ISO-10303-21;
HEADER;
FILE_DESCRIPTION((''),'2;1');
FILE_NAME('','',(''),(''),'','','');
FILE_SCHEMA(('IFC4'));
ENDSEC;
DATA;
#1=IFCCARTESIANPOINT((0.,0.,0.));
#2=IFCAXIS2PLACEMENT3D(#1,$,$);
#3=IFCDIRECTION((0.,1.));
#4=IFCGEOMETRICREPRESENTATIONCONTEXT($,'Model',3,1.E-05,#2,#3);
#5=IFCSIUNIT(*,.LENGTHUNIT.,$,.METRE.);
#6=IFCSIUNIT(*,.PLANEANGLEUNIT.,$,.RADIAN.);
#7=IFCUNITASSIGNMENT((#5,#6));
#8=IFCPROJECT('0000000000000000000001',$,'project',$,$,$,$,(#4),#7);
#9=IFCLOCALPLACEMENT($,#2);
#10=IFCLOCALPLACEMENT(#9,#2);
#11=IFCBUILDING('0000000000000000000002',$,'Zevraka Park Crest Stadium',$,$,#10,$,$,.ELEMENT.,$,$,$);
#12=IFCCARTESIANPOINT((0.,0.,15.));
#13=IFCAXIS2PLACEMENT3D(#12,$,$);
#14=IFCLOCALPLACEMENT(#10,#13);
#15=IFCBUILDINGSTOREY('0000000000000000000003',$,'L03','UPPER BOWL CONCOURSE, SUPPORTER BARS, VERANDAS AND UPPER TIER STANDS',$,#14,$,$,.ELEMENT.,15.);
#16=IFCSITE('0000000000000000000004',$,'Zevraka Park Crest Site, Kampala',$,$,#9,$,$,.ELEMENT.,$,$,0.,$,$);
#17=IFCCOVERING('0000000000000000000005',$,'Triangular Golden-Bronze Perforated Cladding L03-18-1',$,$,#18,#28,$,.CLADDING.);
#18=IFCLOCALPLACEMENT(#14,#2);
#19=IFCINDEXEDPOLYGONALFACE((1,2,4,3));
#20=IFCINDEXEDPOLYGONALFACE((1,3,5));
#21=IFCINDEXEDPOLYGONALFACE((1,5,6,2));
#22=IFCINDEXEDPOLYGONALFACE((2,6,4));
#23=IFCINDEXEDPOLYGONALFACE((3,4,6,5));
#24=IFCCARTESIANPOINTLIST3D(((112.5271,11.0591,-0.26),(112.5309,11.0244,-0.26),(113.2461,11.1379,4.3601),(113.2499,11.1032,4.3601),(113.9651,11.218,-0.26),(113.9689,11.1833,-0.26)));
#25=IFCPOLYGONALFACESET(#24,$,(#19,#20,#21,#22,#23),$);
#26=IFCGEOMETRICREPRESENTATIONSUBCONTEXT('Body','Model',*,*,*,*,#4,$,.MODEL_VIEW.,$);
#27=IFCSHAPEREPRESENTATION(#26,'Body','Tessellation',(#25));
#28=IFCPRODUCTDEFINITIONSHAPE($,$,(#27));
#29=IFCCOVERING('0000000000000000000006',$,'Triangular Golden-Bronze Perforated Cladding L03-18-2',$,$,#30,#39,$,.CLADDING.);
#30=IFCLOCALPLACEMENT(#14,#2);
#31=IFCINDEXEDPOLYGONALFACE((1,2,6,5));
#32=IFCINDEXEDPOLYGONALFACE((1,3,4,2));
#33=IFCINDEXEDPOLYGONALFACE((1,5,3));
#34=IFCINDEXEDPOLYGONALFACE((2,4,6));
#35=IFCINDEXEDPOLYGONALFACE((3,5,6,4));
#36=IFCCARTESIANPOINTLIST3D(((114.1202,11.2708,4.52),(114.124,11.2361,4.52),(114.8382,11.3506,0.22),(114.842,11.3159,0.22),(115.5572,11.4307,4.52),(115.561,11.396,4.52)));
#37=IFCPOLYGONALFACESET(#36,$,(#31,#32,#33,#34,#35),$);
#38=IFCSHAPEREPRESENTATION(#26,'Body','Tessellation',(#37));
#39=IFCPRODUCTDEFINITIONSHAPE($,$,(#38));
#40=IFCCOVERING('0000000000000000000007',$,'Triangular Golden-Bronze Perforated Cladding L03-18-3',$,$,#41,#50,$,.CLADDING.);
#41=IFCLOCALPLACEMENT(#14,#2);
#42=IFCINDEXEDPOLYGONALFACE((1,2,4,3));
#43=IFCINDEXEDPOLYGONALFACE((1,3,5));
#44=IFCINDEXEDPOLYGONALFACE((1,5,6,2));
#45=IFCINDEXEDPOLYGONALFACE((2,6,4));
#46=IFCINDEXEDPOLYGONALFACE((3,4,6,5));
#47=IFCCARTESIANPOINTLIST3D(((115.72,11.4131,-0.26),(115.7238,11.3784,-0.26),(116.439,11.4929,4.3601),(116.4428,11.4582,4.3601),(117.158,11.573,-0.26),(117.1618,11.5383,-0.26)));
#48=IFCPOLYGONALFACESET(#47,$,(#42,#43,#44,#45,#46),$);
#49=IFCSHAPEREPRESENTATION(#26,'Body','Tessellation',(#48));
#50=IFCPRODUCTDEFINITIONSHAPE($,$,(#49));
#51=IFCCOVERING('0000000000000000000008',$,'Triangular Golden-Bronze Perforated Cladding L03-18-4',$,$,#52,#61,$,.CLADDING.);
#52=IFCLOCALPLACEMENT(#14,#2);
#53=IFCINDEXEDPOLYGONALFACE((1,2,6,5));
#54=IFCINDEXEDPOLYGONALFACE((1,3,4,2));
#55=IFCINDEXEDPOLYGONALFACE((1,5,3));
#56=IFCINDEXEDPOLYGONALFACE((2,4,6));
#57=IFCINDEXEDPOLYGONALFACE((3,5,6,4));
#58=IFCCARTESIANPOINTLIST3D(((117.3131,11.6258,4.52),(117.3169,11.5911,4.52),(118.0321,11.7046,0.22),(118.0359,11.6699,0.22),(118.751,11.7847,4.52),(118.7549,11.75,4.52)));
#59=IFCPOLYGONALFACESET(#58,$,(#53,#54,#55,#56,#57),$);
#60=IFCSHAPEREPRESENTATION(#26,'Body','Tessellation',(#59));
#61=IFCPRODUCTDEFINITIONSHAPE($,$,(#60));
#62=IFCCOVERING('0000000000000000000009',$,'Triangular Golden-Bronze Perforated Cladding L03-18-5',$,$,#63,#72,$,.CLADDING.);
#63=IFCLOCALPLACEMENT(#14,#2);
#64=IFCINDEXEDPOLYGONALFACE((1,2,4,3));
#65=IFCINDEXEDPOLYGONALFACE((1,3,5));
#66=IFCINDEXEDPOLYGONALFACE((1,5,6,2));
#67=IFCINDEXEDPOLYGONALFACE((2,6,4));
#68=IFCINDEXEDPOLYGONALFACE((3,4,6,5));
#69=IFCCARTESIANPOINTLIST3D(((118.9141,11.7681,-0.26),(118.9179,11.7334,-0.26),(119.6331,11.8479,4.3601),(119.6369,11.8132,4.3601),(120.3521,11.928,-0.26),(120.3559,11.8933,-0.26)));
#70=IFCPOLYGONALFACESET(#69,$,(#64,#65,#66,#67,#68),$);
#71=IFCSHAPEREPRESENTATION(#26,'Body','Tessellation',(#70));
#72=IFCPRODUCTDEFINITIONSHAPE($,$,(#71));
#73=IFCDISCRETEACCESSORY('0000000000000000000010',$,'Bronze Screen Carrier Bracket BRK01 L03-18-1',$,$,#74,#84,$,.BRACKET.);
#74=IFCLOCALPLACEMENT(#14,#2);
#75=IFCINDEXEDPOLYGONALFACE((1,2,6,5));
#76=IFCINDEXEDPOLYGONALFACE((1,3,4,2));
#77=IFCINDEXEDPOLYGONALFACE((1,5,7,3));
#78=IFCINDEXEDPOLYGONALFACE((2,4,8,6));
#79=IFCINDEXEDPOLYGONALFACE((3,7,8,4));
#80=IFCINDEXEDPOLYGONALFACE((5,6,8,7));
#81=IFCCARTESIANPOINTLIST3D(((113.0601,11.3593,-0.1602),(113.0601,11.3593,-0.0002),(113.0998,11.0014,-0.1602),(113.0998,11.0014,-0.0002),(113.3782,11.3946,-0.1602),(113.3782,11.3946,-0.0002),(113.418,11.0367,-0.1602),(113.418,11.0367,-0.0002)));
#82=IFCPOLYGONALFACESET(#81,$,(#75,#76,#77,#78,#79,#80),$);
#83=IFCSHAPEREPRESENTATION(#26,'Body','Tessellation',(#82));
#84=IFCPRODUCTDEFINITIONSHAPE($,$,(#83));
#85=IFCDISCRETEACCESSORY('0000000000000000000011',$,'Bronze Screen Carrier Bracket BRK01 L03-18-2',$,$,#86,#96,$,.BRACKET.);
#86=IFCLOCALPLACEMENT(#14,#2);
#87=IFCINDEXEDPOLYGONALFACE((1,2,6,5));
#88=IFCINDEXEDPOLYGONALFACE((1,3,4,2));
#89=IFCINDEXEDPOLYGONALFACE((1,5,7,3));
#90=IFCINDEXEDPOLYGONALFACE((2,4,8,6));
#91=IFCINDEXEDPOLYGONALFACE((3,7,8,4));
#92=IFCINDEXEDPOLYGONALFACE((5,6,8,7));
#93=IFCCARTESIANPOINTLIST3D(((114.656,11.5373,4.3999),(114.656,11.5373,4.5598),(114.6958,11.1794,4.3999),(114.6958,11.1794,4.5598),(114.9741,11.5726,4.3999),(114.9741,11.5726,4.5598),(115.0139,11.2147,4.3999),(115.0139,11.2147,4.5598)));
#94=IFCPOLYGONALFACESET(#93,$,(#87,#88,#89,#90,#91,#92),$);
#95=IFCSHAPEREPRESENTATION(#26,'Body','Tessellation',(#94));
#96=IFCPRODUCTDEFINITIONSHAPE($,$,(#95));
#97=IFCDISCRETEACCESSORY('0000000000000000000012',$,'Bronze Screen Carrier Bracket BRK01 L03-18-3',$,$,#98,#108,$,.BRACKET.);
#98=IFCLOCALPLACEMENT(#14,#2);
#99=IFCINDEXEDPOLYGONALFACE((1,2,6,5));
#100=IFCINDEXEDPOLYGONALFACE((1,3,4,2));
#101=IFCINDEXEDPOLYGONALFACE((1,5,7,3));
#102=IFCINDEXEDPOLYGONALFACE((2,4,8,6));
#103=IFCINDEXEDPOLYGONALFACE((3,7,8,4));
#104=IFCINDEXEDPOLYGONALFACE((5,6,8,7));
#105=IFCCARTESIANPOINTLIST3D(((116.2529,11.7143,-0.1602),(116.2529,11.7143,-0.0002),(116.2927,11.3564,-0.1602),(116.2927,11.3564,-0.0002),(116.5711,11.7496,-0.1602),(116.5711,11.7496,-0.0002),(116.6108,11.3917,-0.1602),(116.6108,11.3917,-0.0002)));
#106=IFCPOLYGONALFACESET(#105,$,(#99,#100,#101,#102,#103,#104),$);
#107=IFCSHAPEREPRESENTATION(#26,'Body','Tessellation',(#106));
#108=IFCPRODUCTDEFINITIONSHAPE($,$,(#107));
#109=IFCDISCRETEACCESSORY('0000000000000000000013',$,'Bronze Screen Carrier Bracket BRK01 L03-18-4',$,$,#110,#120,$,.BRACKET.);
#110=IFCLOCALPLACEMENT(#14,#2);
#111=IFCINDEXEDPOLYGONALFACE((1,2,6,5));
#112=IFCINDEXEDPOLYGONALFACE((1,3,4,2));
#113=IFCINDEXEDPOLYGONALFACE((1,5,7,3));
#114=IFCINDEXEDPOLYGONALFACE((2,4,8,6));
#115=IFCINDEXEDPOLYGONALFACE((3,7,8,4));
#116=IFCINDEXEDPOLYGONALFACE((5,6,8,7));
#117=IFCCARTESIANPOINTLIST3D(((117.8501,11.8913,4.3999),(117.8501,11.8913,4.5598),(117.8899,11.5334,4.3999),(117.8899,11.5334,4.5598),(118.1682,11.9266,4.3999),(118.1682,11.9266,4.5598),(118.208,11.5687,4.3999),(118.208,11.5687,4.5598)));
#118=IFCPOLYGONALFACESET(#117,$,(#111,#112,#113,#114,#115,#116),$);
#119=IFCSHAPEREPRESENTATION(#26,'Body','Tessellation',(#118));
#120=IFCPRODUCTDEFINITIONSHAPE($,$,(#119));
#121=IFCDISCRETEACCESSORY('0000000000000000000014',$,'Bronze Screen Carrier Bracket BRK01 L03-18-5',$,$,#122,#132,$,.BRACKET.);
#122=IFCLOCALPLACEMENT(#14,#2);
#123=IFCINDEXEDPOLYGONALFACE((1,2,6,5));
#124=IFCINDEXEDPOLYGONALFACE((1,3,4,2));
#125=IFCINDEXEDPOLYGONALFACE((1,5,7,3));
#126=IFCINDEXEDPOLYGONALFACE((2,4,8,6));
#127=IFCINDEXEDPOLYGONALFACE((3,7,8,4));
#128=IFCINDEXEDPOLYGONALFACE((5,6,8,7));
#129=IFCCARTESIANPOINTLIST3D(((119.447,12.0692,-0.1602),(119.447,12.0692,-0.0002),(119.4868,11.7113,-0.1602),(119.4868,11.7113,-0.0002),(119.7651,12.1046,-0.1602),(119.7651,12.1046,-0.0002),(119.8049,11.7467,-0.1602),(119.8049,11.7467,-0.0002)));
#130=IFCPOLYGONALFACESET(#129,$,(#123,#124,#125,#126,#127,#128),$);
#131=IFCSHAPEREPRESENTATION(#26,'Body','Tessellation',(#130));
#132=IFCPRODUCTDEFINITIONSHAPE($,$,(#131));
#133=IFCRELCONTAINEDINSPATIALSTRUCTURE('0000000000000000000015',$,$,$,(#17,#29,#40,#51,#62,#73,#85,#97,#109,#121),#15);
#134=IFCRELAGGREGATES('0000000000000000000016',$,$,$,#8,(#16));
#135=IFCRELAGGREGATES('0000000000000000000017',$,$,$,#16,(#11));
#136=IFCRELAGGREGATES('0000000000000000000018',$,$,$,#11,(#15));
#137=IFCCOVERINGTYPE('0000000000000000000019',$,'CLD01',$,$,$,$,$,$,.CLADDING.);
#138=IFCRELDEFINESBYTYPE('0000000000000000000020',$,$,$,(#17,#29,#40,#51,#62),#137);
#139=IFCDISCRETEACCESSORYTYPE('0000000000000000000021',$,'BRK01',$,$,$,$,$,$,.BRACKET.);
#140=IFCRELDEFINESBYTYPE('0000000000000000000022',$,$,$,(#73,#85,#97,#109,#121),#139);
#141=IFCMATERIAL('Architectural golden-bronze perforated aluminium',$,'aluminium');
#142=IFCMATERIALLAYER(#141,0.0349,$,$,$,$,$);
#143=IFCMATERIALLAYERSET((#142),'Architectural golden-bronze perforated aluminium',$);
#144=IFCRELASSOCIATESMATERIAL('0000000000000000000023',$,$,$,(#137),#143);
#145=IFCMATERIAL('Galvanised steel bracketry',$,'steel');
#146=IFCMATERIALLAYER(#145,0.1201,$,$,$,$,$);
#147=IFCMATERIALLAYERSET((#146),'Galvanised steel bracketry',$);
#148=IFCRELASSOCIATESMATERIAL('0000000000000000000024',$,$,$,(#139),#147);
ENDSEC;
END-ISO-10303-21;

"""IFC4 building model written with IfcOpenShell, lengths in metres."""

from ifc_helpers import new_model, si_unit, direction, frame, origin, origin_2d, place, context, subcontext, project, spatial, polyline, rectangle, outline, extrude, material, layer, layer_set, type_object, element, save


model = new_model("IFC4")

# Units and contexts
model_context = context("Model", 3, precision=1e-05, world=origin(), true_north=direction((0.0, 1.0)))
body_context = subcontext(model_context, "Body", "Model", "MODEL_VIEW")
ifc_project = project(units=[si_unit("LENGTHUNIT", "METRE"), si_unit("PLANEANGLEUNIT", "RADIAN")], contexts=[model_context])

# Site, building, storey
site_placement = place(None, origin())
site = spatial("IfcSite", under=ifc_project, at=site_placement, Name="Zevraka Park Crest Site, Kampala", CompositionType="ELEMENT", RefElevation=0.0)
building_placement = place(site_placement, origin())
building = spatial("IfcBuilding", under=site, at=building_placement, Name="Zevraka Park Crest Stadium", CompositionType="ELEMENT")
storey_placement = place(building_placement, frame((0.0, 0.0, 15.0)))
storey = spatial("IfcBuildingStorey", under=building, at=storey_placement, Name="L03", Description="UPPER BOWL CONCOURSE, SUPPORTER BARS, VERANDAS AND UPPER TIER STANDS", CompositionType="ELEMENT", Elevation=15.0)

# Coverings
ifc_material_1 = material(Name="Architectural golden-bronze perforated aluminium", Category="aluminium")
ifc_layer_1 = layer(ifc_material_1, 0.0349)
ifc_layer_set_1 = layer_set([ifc_layer_1], Name="Architectural golden-bronze perforated aluminium")
covering_type = type_object("IfcCoveringType", Name="CLD01", PredefinedType="CLADDING", material=ifc_layer_set_1)
covering_1_placement = place(storey_placement, frame((112.5271, 11.0591, -0.26), z_axis=(-0.109857, 0.993947, 0.000131), x_axis=(0.993947, 0.109857, 0.0)))
element("IfcCovering", 1, at=covering_1_placement, inside=storey, type_object=covering_type, Name="Triangular Golden-Bronze Perforated Cladding L03-18-1", PredefinedType="CLADDING", context=body_context, shape_type="SweptSolid", body=[
    extrude(outline(polyline([(0.0, 0.0), (1.4467, 0.0), (0.7233, -4.6201), (0.0, 0.0)])), origin(), (0.0, 0.0, -1.0), 0.0349),
])
covering_2_placement = place(storey_placement, frame((115.561, 11.396, 4.52), z_axis=(0.110598, -0.993865, 0.000016), x_axis=(-0.993865, -0.110598, 0.0)))
element("IfcCovering", 2, at=covering_2_placement, inside=storey, type_object=covering_type, Name="Triangular Golden-Bronze Perforated Cladding L03-18-2", PredefinedType="CLADDING", context=body_context, shape_type="SweptSolid", body=[
    extrude(outline(polyline([(0.0, 0.0), (1.4459, 0.0), (0.7234, 4.3), (0.0, 0.0)])), origin(), (0.0, 0.0, -1.0), 0.0349),
])
covering_3_placement = place(storey_placement, frame((115.72, 11.4131, -0.26), z_axis=(-0.110524, 0.993873, 0.000026), x_axis=(0.993873, 0.110524, 0.0)))
element("IfcCovering", 3, at=covering_3_placement, inside=storey, type_object=covering_type, Name="Triangular Golden-Bronze Perforated Cladding L03-18-3", PredefinedType="CLADDING", context=body_context, shape_type="SweptSolid", body=[
    extrude(outline(polyline([(0.0, 0.0), (1.4469, 0.0), (0.7234, -4.6201), (0.0, 0.0)])), origin(), (0.0, 0.0, -1.0), 0.0349),
])
covering_4_placement = place(storey_placement, frame((118.7549, 11.75, 4.52), z_axis=(0.109857, -0.993947, 0.000141), x_axis=(-0.993947, -0.109857, 0.0)))
element("IfcCovering", 4, at=covering_4_placement, inside=storey, type_object=covering_type, Name="Triangular Golden-Bronze Perforated Cladding L03-18-4", PredefinedType="CLADDING", context=body_context, shape_type="SweptSolid", body=[
    extrude(outline(polyline([(0.0, 0.0), (1.4467, 0.0), (0.7234, 4.3), (0.0, 0.0)])), origin(), (0.0, 0.0, -1.0), 0.0349),
])
covering_5_placement = place(storey_placement, frame((118.9141, 11.7681, -0.26), z_axis=(-0.110524, 0.993873, 0.000026), x_axis=(0.993873, 0.110524, 0.0)))
element("IfcCovering", 5, at=covering_5_placement, inside=storey, type_object=covering_type, Name="Triangular Golden-Bronze Perforated Cladding L03-18-5", PredefinedType="CLADDING", context=body_context, shape_type="SweptSolid", body=[
    extrude(outline(polyline([(0.0, 0.0), (1.4469, 0.0), (0.7234, -4.6201), (0.0, 0.0)])), origin(), (0.0, 0.0, -1.0), 0.0349),
])

# Discrete accessories
ifc_material_2 = material(Name="Galvanised steel bracketry", Category="steel")
ifc_layer_2 = layer(ifc_material_2, 0.1201)
ifc_layer_set_2 = layer_set([ifc_layer_2], Name="Galvanised steel bracketry")
discrete_accessory_type = type_object("IfcDiscreteAccessoryType", Name="BRK01", PredefinedType="BRACKET", material=ifc_layer_set_2)
for number, where, z_axis, x_axis, name in (
    (6, (113.239, 11.198, -0.1602), (0.0, 0.0, 1.0), (0.993884, 0.110428, 0.0), "Bronze Screen Carrier Bracket BRK01 L03-18-1"),
    (7, (114.835, 11.376, 4.3999), (0.0, 0.0, 1.0), (0.993884, 0.110428, 0.0), "Bronze Screen Carrier Bracket BRK01 L03-18-2"),
    (8, (116.4319, 11.553, -0.1602), (0.0, 0.0, 1.0), (0.993884, 0.110428, 0.0), "Bronze Screen Carrier Bracket BRK01 L03-18-3"),
    (9, (118.0291, 11.73, 4.3999), (0.0, 0.0, 1.0), (0.993884, 0.110428, 0.0), "Bronze Screen Carrier Bracket BRK01 L03-18-4"),
    (10, (119.626, 11.908, -0.1602), (0.0, 0.0, 1.0), (0.993884, 0.110428, 0.0), "Bronze Screen Carrier Bracket BRK01 L03-18-5"),
):
    element("IfcDiscreteAccessory", number, at=place(storey_placement, frame(where, z_axis=z_axis, x_axis=x_axis)), inside=storey, type_object=discrete_accessory_type, Name=name, PredefinedType="BRACKET", context=body_context, shape_type="SweptSolid", body=[
        extrude(rectangle(XDim=0.3201, YDim=0.3601, at=origin_2d()), origin(), (0.0, 0.0, 1.0), 0.1599),
    ])

save(model, "model.ifc")
